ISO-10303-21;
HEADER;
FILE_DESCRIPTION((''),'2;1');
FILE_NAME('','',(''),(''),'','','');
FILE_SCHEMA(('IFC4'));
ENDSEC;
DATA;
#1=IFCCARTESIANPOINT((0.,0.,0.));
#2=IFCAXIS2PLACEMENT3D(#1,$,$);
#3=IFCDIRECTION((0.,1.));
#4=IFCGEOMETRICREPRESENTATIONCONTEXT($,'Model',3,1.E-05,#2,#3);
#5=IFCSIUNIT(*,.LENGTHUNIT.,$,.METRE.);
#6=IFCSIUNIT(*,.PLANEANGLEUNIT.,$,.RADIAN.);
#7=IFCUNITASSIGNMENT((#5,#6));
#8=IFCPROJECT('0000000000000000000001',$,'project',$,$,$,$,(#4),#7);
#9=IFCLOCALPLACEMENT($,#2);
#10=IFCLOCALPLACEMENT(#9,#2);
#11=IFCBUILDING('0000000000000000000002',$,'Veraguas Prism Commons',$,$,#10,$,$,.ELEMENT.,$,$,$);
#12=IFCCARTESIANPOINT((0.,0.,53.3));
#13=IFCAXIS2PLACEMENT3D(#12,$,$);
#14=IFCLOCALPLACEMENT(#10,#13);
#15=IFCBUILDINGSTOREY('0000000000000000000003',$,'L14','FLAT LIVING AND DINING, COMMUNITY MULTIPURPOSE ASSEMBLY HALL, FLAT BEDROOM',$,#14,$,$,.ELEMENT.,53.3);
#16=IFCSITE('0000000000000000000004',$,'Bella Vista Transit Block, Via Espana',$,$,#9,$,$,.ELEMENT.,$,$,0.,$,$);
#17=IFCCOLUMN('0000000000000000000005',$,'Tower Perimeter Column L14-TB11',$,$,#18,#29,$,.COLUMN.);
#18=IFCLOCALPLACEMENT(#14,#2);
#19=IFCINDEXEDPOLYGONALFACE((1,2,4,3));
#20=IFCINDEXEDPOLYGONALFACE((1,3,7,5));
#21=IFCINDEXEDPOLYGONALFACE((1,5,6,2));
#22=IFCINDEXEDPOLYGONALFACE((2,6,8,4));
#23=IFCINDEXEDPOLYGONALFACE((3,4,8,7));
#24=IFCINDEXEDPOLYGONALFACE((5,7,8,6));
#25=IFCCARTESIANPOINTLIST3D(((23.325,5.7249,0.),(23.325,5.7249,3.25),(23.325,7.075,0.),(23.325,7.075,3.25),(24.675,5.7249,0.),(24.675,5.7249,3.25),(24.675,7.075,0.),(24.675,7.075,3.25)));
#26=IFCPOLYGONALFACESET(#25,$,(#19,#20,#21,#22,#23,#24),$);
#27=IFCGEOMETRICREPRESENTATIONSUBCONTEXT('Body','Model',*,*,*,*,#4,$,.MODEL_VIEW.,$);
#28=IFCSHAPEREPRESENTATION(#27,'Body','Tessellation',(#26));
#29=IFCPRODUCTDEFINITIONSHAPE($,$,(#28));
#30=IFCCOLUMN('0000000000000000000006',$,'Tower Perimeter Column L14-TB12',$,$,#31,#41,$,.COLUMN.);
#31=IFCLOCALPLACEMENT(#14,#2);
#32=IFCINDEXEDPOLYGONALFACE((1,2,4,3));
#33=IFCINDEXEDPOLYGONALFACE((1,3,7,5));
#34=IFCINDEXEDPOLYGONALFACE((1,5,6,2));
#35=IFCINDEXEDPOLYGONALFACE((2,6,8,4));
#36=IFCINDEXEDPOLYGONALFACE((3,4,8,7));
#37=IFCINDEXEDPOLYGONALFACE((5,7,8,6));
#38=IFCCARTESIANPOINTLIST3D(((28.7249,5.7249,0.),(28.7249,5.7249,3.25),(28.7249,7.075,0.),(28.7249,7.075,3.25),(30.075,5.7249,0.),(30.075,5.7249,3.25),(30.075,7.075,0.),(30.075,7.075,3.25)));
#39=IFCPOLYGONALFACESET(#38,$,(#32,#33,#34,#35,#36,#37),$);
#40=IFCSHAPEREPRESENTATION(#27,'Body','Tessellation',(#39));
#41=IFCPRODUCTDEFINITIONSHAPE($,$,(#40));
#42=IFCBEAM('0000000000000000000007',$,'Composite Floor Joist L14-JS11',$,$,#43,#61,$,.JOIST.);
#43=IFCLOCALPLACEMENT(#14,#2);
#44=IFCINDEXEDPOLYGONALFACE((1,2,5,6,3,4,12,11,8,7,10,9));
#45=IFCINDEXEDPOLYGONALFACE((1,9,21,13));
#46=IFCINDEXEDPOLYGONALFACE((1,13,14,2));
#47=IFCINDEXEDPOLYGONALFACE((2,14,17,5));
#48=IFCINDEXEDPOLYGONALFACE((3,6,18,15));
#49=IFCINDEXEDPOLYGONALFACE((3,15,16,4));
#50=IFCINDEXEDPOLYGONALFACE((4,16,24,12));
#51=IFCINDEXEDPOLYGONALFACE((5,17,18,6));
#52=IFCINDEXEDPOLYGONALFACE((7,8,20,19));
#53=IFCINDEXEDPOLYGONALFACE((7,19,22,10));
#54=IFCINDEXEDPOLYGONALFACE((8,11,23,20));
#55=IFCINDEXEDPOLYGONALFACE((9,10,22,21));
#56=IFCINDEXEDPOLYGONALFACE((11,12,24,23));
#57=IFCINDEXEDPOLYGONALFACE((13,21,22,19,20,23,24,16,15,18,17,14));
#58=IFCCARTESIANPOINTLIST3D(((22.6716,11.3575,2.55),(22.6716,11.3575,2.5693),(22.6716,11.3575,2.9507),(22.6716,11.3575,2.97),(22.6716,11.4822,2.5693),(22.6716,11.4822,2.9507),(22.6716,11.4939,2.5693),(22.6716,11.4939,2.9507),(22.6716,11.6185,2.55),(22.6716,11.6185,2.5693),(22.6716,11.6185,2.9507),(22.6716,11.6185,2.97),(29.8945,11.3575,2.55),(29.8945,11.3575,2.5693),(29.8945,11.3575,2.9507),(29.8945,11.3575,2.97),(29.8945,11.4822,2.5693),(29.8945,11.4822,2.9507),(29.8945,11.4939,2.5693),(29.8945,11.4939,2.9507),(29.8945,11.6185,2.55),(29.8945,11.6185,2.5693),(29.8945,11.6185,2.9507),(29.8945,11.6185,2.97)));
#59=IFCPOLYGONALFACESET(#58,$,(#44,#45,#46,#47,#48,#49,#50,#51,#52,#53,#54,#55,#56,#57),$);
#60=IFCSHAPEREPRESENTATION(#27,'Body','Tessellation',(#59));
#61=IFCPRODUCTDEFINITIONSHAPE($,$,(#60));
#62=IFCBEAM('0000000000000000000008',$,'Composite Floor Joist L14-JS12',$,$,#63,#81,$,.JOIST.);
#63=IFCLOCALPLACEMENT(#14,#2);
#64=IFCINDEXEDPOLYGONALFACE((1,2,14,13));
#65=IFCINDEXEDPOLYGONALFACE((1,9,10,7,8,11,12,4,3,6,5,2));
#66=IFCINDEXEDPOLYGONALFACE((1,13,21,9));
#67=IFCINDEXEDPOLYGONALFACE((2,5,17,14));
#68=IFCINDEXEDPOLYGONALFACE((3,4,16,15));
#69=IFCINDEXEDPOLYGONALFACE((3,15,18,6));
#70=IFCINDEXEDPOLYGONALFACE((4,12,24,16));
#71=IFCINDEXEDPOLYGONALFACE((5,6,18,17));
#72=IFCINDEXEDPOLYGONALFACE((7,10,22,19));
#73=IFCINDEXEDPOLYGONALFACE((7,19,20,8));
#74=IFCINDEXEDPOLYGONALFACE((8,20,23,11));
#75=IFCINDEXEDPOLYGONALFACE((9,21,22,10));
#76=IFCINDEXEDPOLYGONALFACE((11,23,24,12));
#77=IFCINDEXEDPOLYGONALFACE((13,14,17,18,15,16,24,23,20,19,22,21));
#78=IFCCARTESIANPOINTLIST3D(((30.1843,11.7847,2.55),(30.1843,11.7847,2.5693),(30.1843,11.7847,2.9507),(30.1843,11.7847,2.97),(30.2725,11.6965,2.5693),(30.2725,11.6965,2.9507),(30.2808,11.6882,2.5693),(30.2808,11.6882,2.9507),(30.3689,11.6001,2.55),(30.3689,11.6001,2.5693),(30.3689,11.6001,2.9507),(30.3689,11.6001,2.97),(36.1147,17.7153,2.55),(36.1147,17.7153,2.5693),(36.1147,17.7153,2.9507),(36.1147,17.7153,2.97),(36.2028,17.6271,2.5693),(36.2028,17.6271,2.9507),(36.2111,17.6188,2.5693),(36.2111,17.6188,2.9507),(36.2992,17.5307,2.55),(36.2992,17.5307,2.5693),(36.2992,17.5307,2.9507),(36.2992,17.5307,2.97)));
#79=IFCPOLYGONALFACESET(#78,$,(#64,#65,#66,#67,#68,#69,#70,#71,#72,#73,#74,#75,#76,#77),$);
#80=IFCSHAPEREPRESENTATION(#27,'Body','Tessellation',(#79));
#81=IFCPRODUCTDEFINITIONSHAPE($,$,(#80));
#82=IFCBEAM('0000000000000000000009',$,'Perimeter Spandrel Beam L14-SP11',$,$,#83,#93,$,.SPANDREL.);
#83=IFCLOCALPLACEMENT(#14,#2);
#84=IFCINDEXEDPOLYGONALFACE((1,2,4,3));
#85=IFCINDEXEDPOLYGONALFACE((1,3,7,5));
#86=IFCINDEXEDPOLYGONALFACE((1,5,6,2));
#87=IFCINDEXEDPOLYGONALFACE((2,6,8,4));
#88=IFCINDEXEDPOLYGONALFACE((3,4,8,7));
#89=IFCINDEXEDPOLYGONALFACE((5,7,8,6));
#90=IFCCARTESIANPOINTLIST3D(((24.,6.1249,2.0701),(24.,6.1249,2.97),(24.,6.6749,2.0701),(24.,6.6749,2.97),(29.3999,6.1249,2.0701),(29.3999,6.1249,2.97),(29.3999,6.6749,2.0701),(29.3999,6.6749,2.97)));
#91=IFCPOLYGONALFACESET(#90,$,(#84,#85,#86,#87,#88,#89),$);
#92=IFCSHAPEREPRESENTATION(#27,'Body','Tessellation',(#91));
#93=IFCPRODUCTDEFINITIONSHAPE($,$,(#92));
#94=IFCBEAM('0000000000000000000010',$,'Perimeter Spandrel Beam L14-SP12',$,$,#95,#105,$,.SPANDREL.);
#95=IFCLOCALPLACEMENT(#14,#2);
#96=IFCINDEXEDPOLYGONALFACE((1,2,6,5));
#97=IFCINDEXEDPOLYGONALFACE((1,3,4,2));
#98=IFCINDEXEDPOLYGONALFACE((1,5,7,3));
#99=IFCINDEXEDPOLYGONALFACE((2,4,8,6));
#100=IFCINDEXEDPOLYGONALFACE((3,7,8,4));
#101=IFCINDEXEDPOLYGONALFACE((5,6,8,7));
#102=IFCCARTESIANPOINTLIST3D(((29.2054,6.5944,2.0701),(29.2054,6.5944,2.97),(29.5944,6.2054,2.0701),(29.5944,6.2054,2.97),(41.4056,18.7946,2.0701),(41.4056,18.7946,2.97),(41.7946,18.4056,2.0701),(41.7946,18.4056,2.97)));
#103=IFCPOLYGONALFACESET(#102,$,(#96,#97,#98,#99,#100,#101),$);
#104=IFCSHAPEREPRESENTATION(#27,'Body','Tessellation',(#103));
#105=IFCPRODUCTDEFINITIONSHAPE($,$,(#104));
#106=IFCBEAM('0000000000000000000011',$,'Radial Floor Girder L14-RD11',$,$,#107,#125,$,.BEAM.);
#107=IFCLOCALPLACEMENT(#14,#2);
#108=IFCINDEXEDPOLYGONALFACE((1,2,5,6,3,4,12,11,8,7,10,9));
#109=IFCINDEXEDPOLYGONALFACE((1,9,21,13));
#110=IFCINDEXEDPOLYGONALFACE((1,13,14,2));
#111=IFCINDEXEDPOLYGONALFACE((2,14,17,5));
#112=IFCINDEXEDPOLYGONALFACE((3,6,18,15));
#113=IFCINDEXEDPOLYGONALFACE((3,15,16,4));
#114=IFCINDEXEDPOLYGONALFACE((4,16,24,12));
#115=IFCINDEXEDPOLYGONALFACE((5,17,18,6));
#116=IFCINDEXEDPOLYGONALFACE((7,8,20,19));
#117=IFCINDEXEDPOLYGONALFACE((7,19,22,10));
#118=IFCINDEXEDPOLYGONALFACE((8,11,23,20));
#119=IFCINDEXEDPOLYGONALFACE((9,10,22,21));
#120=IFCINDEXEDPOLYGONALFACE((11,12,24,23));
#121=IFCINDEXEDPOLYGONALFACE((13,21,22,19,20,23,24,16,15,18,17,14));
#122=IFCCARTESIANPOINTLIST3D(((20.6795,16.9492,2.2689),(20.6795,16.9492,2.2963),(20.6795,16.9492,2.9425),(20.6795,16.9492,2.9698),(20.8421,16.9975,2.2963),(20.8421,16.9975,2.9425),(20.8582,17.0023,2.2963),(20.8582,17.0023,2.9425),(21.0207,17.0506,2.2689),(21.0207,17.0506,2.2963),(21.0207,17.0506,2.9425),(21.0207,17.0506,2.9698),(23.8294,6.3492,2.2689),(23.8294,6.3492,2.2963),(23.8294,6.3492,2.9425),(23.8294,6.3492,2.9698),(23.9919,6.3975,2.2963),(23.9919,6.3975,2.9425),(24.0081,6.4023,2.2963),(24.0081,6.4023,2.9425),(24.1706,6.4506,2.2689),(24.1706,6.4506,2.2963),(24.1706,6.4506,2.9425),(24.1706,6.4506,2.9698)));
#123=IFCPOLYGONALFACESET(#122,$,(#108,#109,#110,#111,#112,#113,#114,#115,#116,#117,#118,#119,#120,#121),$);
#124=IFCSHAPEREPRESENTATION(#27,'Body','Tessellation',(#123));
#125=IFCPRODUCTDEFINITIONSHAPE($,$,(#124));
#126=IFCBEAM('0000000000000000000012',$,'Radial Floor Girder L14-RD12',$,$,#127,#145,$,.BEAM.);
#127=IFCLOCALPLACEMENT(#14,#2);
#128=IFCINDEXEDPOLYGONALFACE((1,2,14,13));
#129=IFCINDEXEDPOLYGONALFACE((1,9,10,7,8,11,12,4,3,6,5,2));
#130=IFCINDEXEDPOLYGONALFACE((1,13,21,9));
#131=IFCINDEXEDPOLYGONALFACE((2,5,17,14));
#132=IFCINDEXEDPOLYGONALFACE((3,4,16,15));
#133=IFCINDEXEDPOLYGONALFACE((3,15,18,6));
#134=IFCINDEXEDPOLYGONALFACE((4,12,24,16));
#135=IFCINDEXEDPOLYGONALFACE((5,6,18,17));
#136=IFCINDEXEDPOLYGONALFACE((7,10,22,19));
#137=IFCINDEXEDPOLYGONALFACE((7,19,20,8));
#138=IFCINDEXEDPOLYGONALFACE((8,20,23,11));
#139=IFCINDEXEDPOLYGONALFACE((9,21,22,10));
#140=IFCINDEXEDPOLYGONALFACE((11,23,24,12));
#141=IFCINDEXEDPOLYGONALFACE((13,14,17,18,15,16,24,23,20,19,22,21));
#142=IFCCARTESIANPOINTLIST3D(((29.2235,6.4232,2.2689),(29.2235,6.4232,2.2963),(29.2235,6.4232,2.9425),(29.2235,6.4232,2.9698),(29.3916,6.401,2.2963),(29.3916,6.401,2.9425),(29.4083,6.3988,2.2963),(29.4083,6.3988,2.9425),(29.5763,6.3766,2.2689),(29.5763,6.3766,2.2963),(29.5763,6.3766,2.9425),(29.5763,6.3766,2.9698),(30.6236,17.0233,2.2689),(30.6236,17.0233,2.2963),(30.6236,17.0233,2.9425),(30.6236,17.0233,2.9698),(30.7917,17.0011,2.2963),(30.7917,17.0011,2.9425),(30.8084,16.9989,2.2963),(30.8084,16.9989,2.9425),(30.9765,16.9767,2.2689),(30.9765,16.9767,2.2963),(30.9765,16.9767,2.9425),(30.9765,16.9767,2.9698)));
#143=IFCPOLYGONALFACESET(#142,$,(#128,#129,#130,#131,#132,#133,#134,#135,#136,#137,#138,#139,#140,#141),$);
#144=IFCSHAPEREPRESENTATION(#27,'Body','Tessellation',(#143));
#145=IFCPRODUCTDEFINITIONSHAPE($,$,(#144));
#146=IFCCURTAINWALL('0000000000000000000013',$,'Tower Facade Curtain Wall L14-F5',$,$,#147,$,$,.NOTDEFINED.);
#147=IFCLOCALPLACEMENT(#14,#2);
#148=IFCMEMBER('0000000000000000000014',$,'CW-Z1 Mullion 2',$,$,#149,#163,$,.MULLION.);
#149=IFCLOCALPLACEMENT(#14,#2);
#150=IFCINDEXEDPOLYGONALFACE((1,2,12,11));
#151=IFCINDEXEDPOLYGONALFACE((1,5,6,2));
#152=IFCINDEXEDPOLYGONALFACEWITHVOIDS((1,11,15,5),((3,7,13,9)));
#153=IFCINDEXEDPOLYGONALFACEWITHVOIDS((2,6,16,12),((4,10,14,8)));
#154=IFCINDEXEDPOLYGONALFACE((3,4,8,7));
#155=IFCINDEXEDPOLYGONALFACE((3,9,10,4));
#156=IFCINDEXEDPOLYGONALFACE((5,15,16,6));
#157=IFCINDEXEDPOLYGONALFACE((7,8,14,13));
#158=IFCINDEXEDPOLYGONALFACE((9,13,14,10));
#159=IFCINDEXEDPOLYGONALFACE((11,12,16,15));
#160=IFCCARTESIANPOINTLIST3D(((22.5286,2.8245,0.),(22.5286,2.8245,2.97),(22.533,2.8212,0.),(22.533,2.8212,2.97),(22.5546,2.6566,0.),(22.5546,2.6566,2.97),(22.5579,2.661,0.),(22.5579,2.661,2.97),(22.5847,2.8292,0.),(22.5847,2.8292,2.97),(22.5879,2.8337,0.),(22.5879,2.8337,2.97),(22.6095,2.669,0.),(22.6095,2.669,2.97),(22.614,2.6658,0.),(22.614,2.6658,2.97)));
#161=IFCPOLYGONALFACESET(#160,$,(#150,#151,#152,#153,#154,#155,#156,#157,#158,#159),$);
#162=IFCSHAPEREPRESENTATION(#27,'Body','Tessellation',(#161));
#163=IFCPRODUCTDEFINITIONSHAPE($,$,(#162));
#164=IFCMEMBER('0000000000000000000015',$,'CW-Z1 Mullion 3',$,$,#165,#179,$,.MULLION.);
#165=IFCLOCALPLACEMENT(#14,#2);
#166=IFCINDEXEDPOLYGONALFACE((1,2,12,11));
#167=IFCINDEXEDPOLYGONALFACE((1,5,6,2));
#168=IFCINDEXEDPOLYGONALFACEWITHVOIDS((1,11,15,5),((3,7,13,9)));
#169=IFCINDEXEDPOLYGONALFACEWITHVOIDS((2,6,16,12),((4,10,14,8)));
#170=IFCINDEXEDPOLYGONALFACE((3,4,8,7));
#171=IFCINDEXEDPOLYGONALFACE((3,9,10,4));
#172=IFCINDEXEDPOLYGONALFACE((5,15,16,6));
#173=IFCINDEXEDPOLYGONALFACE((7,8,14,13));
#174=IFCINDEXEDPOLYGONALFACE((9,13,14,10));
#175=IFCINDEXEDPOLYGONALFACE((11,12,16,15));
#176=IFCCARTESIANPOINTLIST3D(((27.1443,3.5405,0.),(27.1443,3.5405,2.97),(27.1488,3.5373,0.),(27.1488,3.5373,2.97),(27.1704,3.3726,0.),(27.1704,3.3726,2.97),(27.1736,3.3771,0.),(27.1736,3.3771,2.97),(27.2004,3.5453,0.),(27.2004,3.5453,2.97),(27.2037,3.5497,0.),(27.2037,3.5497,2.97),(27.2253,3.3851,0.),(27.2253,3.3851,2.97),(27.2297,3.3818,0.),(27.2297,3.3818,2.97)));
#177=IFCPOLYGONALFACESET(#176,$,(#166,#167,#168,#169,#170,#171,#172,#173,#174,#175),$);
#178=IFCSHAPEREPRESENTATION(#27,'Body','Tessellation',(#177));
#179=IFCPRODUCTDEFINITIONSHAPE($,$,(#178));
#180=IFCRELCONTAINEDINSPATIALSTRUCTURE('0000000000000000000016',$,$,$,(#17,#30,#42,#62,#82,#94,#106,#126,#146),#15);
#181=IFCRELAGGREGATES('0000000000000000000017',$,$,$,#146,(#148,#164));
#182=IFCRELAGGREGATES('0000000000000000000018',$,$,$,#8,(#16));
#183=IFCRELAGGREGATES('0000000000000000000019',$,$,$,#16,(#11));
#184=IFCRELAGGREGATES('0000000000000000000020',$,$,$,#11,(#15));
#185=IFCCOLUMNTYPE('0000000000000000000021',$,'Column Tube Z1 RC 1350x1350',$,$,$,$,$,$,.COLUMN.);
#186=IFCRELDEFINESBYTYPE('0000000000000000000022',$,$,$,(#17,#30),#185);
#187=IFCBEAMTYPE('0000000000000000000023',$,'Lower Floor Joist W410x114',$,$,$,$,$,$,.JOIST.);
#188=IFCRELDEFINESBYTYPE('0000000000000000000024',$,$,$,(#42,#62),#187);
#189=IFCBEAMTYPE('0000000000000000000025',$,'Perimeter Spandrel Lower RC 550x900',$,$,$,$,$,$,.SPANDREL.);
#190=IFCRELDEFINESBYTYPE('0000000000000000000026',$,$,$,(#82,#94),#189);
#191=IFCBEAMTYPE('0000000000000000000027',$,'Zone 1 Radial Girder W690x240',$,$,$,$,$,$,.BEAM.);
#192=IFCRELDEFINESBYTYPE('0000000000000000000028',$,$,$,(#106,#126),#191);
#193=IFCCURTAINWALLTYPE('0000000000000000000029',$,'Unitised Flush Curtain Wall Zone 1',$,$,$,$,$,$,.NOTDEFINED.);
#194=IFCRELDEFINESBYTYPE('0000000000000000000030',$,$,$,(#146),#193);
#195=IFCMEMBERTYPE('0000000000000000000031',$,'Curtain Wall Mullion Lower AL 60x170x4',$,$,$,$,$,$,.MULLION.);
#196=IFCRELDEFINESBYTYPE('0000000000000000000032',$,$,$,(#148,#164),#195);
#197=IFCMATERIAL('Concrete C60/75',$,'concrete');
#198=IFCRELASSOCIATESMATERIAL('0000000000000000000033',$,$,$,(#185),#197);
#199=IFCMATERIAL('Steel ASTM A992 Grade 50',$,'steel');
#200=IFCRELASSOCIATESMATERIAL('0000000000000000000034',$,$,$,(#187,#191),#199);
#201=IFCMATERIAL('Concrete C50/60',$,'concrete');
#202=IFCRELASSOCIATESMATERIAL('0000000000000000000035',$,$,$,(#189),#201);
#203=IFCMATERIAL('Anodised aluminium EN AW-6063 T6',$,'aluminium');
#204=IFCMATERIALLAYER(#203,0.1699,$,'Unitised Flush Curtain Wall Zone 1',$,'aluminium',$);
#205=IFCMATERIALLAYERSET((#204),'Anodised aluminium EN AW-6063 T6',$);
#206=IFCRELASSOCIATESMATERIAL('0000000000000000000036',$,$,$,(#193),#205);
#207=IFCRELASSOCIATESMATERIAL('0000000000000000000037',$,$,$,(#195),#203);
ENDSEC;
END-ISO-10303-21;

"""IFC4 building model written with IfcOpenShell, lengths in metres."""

from ifc_helpers import new_model, si_unit, direction, frame, origin, origin_2d, place, context, subcontext, project, spatial, rectangle, hollow_rectangle, i_section, extrude, source, transform, mapped, material, layer, layer_set, material_profile, profile_set, type_object, element, aggregate, save


model = new_model("IFC4")

# Units and contexts
model_context = context("Model", 3, precision=1e-05, world=origin(), true_north=direction((0.0, 1.0)))
body_context = subcontext(model_context, "Body", "Model", "MODEL_VIEW")
ifc_project = project(units=[si_unit("LENGTHUNIT", "METRE"), si_unit("PLANEANGLEUNIT", "RADIAN")], contexts=[model_context])

# Site, building, storey
site_placement = place(None, origin())
site = spatial("IfcSite", under=ifc_project, at=site_placement, Name="Bella Vista Transit Block, Via Espana", CompositionType="ELEMENT", RefElevation=0.0)
building_placement = place(site_placement, origin())
building = spatial("IfcBuilding", under=site, at=building_placement, Name="Veraguas Prism Commons", CompositionType="ELEMENT")
storey_placement = place(building_placement, frame((0.0, 0.0, 53.3)))
storey = spatial("IfcBuildingStorey", under=building, at=storey_placement, Name="L14", Description="FLAT LIVING AND DINING, COMMUNITY MULTIPURPOSE ASSEMBLY HALL, FLAT BEDROOM", CompositionType="ELEMENT", Elevation=53.3)

# Columns
ifc_material_1 = material(Name="Concrete C60/75", Category="concrete")
ifc_material_profile_1 = material_profile(ifc_material_1, rectangle(XDim=1.3501, YDim=1.3501, at=origin_2d()), Name="RC1350X1350")
ifc_profile_set_1 = profile_set([ifc_material_profile_1], Name="Concrete C60/75")
column_type = type_object("IfcColumnType", Name="Column Tube Z1 RC 1350x1350", PredefinedType="COLUMN", material=ifc_profile_set_1)
for number, where, z_axis, x_axis, name in (
    (1, (24.0, 6.3999, 0.0), (0.0, 0.0, 1.0), (1.0, 0.0, 0.0), "Tower Perimeter Column L14-TB11"),
    (2, (29.3999, 6.3999, 0.0), (0.0, 0.0, 1.0), (1.0, 0.0, 0.0), "Tower Perimeter Column L14-TB12"),
):
    element("IfcColumn", number, at=place(storey_placement, frame(where, z_axis=z_axis, x_axis=x_axis)), inside=storey, type_object=column_type, Name=name, PredefinedType="COLUMN", context=body_context, shape_type="SweptSolid", body=[
        extrude(rectangle(XDim=1.3501, YDim=1.3501, at=origin_2d()), origin(), (0.0, 0.0, 1.0), 3.25),
    ])

# Beams
ifc_material_2 = material(Name="Steel ASTM A992 Grade 50", Category="steel")
ifc_material_profile_2 = material_profile(ifc_material_2, i_section(OverallWidth=0.261, OverallDepth=0.4199, WebThickness=0.0117, FlangeThickness=0.0193, at=origin_2d()), Name="W410X114")
ifc_profile_set_2 = profile_set([ifc_material_profile_2], Name="Steel ASTM A992 Grade 50")
beam_type_1 = type_object("IfcBeamType", Name="Lower Floor Joist W410x114", PredefinedType="JOIST", material=ifc_profile_set_2)
beam_1_placement = place(storey_placement, frame((22.6716, 11.488, 2.76), z_axis=(1.0, 0.0, 0.0), x_axis=(0.0, 1.0, 0.0)))
element("IfcBeam", 3, at=beam_1_placement, inside=storey, type_object=beam_type_1, Name="Composite Floor Joist L14-JS11", PredefinedType="JOIST", context=body_context, shape_type="SweptSolid", body=[
    extrude(i_section(OverallWidth=0.261, OverallDepth=0.4199, WebThickness=0.0117, FlangeThickness=0.0193, at=origin_2d()), origin(), (0.0, 0.0, 1.0), 7.2229),
])
beam_2_placement = place(storey_placement, frame((30.2766, 11.6924, 2.76), z_axis=(0.707092, 0.707121, 0.0), x_axis=(-0.707121, 0.707092, 0.0)))
element("IfcBeam", 4, at=beam_2_placement, inside=storey, type_object=beam_type_1, Name="Composite Floor Joist L14-JS12", PredefinedType="JOIST", context=body_context, shape_type="SweptSolid", body=[
    extrude(i_section(OverallWidth=0.261, OverallDepth=0.4199, WebThickness=0.0117, FlangeThickness=0.0193, at=origin_2d()), origin(), (0.0, 0.0, 1.0), 8.387),
])
ifc_material_3 = material(Name="Concrete C50/60", Category="concrete")
ifc_material_profile_3 = material_profile(ifc_material_3, rectangle(XDim=0.55, YDim=0.8999, at=origin_2d()), Name="RC550X900")
ifc_profile_set_3 = profile_set([ifc_material_profile_3], Name="Concrete C50/60")
beam_type_2 = type_object("IfcBeamType", Name="Perimeter Spandrel Lower RC 550x900", PredefinedType="SPANDREL", material=ifc_profile_set_3)
beam_3_placement = place(storey_placement, frame((24.0, 6.3999, 2.52), z_axis=(1.0, 0.0, 0.0), x_axis=(0.0, 1.0, 0.0)))
element("IfcBeam", 5, at=beam_3_placement, inside=storey, type_object=beam_type_2, Name="Perimeter Spandrel Beam L14-SP11", PredefinedType="SPANDREL", context=body_context, shape_type="SweptSolid", body=[
    extrude(rectangle(XDim=0.55, YDim=0.8999, at=origin_2d()), origin(), (0.0, 0.0, 1.0), 5.3999),
])
beam_4_placement = place(storey_placement, frame((29.3999, 6.3999, 2.52), z_axis=(0.707107, 0.707107, 0.0), x_axis=(-0.707107, 0.707107, 0.0)))
element("IfcBeam", 6, at=beam_4_placement, inside=storey, type_object=beam_type_2, Name="Perimeter Spandrel Beam L14-SP12", PredefinedType="SPANDREL", context=body_context, shape_type="SweptSolid", body=[
    extrude(rectangle(XDim=0.55, YDim=0.8999, at=origin_2d()), origin(), (0.0, 0.0, 1.0), 17.2537),
])
ifc_material_profile_4 = material_profile(ifc_material_2, i_section(OverallWidth=0.356, OverallDepth=0.7009, WebThickness=0.0168, FlangeThickness=0.0273, at=origin_2d()), Name="W690X240")
ifc_profile_set_4 = profile_set([ifc_material_profile_4], Name="Steel ASTM A992 Grade 50")
beam_type_3 = type_object("IfcBeamType", Name="Zone 1 Radial Girder W690x240", PredefinedType="BEAM", material=ifc_profile_set_4)
beam_5_placement = place(storey_placement, frame((24.0, 6.3999, 2.6194), z_axis=(-0.284847, 0.958573, 0.0), x_axis=(-0.958573, -0.284847, 0.0)))
element("IfcBeam", 7, at=beam_5_placement, inside=storey, type_object=beam_type_3, Name="Radial Floor Girder L14-RD11", PredefinedType="BEAM", context=body_context, shape_type="SweptSolid", body=[
    extrude(i_section(OverallWidth=0.356, OverallDepth=0.7009, WebThickness=0.0168, FlangeThickness=0.0273, at=origin_2d()), origin(), (0.0, 0.0, 1.0), 11.0581),
])
beam_6_placement = place(storey_placement, frame((29.3999, 6.3999, 2.6194), z_axis=(0.130951, 0.991389, 0.0), x_axis=(-0.991389, 0.130951, 0.0)))
element("IfcBeam", 8, at=beam_6_placement, inside=storey, type_object=beam_type_3, Name="Radial Floor Girder L14-RD12", PredefinedType="BEAM", context=body_context, shape_type="SweptSolid", body=[
    extrude(i_section(OverallWidth=0.356, OverallDepth=0.7009, WebThickness=0.0168, FlangeThickness=0.0273, at=origin_2d()), origin(), (0.0, 0.0, 1.0), 10.6921),
])

# Curtain wall, members
ifc_material_4 = material(Name="Anodised aluminium EN AW-6063 T6", Category="aluminium")
ifc_layer_1 = layer(ifc_material_4, 0.1699, Name="Unitised Flush Curtain Wall Zone 1", Category="aluminium")
ifc_layer_set_1 = layer_set([ifc_layer_1], Name="Anodised aluminium EN AW-6063 T6")
curtain_wall_type = type_object("IfcCurtainWallType", Name="Unitised Flush Curtain Wall Zone 1", PredefinedType="NOTDEFINED", material=ifc_layer_set_1)
curtain_wall_placement = place(storey_placement, origin())
curtain_wall = element("IfcCurtainWall", 9, at=curtain_wall_placement, inside=storey, type_object=curtain_wall_type, Name="Tower Facade Curtain Wall L14-F5", PredefinedType="NOTDEFINED")
ifc_material_profile_5 = material_profile(ifc_material_4, hollow_rectangle(XDim=0.0601, YDim=0.1699, WallThickness=0.0039, at=origin_2d()), Name="AL60X170X4")
ifc_profile_set_5 = profile_set([ifc_material_profile_5], Name="Anodised aluminium EN AW-6063 T6")
member_type = type_object("IfcMemberType", Name="Curtain Wall Mullion Lower AL 60x170x4", PredefinedType="MULLION", material=ifc_profile_set_5)
shared_shape_1 = source(origin(), body_context, "Body", "SweptSolid", [
    extrude(hollow_rectangle(XDim=0.0601, YDim=0.1699, WallThickness=0.0039, at=origin_2d()), origin(), (0.0, 0.0, 1.0), 2.97),
])
member_1_placement = place(storey_placement, frame((22.5713, 2.7451, 0.0), z_axis=(0.0, 0.0, 1.0), x_axis=(0.988175, 0.153331, 0.0)))
member_1 = element("IfcMember", 10, at=member_1_placement, type_object=member_type, Name="CW-Z1 Mullion 2", PredefinedType="MULLION", context=body_context, shape_type="MappedRepresentation", body=[
    mapped(shared_shape_1, transform((0.0, 0.0, 0.0), scale=1.0)),
])
member_2_placement = place(storey_placement, frame((27.187, 3.4612, 0.0), z_axis=(0.0, 0.0, 1.0), x_axis=(0.988175, 0.153331, 0.0)))
member_2 = element("IfcMember", 11, at=member_2_placement, type_object=member_type, Name="CW-Z1 Mullion 3", PredefinedType="MULLION", context=body_context, shape_type="MappedRepresentation", body=[
    mapped(shared_shape_1, transform((0.0, 0.0, 0.0), scale=1.0)),
])
aggregate(curtain_wall, [member_1, member_2])

save(model, "model.ifc")
